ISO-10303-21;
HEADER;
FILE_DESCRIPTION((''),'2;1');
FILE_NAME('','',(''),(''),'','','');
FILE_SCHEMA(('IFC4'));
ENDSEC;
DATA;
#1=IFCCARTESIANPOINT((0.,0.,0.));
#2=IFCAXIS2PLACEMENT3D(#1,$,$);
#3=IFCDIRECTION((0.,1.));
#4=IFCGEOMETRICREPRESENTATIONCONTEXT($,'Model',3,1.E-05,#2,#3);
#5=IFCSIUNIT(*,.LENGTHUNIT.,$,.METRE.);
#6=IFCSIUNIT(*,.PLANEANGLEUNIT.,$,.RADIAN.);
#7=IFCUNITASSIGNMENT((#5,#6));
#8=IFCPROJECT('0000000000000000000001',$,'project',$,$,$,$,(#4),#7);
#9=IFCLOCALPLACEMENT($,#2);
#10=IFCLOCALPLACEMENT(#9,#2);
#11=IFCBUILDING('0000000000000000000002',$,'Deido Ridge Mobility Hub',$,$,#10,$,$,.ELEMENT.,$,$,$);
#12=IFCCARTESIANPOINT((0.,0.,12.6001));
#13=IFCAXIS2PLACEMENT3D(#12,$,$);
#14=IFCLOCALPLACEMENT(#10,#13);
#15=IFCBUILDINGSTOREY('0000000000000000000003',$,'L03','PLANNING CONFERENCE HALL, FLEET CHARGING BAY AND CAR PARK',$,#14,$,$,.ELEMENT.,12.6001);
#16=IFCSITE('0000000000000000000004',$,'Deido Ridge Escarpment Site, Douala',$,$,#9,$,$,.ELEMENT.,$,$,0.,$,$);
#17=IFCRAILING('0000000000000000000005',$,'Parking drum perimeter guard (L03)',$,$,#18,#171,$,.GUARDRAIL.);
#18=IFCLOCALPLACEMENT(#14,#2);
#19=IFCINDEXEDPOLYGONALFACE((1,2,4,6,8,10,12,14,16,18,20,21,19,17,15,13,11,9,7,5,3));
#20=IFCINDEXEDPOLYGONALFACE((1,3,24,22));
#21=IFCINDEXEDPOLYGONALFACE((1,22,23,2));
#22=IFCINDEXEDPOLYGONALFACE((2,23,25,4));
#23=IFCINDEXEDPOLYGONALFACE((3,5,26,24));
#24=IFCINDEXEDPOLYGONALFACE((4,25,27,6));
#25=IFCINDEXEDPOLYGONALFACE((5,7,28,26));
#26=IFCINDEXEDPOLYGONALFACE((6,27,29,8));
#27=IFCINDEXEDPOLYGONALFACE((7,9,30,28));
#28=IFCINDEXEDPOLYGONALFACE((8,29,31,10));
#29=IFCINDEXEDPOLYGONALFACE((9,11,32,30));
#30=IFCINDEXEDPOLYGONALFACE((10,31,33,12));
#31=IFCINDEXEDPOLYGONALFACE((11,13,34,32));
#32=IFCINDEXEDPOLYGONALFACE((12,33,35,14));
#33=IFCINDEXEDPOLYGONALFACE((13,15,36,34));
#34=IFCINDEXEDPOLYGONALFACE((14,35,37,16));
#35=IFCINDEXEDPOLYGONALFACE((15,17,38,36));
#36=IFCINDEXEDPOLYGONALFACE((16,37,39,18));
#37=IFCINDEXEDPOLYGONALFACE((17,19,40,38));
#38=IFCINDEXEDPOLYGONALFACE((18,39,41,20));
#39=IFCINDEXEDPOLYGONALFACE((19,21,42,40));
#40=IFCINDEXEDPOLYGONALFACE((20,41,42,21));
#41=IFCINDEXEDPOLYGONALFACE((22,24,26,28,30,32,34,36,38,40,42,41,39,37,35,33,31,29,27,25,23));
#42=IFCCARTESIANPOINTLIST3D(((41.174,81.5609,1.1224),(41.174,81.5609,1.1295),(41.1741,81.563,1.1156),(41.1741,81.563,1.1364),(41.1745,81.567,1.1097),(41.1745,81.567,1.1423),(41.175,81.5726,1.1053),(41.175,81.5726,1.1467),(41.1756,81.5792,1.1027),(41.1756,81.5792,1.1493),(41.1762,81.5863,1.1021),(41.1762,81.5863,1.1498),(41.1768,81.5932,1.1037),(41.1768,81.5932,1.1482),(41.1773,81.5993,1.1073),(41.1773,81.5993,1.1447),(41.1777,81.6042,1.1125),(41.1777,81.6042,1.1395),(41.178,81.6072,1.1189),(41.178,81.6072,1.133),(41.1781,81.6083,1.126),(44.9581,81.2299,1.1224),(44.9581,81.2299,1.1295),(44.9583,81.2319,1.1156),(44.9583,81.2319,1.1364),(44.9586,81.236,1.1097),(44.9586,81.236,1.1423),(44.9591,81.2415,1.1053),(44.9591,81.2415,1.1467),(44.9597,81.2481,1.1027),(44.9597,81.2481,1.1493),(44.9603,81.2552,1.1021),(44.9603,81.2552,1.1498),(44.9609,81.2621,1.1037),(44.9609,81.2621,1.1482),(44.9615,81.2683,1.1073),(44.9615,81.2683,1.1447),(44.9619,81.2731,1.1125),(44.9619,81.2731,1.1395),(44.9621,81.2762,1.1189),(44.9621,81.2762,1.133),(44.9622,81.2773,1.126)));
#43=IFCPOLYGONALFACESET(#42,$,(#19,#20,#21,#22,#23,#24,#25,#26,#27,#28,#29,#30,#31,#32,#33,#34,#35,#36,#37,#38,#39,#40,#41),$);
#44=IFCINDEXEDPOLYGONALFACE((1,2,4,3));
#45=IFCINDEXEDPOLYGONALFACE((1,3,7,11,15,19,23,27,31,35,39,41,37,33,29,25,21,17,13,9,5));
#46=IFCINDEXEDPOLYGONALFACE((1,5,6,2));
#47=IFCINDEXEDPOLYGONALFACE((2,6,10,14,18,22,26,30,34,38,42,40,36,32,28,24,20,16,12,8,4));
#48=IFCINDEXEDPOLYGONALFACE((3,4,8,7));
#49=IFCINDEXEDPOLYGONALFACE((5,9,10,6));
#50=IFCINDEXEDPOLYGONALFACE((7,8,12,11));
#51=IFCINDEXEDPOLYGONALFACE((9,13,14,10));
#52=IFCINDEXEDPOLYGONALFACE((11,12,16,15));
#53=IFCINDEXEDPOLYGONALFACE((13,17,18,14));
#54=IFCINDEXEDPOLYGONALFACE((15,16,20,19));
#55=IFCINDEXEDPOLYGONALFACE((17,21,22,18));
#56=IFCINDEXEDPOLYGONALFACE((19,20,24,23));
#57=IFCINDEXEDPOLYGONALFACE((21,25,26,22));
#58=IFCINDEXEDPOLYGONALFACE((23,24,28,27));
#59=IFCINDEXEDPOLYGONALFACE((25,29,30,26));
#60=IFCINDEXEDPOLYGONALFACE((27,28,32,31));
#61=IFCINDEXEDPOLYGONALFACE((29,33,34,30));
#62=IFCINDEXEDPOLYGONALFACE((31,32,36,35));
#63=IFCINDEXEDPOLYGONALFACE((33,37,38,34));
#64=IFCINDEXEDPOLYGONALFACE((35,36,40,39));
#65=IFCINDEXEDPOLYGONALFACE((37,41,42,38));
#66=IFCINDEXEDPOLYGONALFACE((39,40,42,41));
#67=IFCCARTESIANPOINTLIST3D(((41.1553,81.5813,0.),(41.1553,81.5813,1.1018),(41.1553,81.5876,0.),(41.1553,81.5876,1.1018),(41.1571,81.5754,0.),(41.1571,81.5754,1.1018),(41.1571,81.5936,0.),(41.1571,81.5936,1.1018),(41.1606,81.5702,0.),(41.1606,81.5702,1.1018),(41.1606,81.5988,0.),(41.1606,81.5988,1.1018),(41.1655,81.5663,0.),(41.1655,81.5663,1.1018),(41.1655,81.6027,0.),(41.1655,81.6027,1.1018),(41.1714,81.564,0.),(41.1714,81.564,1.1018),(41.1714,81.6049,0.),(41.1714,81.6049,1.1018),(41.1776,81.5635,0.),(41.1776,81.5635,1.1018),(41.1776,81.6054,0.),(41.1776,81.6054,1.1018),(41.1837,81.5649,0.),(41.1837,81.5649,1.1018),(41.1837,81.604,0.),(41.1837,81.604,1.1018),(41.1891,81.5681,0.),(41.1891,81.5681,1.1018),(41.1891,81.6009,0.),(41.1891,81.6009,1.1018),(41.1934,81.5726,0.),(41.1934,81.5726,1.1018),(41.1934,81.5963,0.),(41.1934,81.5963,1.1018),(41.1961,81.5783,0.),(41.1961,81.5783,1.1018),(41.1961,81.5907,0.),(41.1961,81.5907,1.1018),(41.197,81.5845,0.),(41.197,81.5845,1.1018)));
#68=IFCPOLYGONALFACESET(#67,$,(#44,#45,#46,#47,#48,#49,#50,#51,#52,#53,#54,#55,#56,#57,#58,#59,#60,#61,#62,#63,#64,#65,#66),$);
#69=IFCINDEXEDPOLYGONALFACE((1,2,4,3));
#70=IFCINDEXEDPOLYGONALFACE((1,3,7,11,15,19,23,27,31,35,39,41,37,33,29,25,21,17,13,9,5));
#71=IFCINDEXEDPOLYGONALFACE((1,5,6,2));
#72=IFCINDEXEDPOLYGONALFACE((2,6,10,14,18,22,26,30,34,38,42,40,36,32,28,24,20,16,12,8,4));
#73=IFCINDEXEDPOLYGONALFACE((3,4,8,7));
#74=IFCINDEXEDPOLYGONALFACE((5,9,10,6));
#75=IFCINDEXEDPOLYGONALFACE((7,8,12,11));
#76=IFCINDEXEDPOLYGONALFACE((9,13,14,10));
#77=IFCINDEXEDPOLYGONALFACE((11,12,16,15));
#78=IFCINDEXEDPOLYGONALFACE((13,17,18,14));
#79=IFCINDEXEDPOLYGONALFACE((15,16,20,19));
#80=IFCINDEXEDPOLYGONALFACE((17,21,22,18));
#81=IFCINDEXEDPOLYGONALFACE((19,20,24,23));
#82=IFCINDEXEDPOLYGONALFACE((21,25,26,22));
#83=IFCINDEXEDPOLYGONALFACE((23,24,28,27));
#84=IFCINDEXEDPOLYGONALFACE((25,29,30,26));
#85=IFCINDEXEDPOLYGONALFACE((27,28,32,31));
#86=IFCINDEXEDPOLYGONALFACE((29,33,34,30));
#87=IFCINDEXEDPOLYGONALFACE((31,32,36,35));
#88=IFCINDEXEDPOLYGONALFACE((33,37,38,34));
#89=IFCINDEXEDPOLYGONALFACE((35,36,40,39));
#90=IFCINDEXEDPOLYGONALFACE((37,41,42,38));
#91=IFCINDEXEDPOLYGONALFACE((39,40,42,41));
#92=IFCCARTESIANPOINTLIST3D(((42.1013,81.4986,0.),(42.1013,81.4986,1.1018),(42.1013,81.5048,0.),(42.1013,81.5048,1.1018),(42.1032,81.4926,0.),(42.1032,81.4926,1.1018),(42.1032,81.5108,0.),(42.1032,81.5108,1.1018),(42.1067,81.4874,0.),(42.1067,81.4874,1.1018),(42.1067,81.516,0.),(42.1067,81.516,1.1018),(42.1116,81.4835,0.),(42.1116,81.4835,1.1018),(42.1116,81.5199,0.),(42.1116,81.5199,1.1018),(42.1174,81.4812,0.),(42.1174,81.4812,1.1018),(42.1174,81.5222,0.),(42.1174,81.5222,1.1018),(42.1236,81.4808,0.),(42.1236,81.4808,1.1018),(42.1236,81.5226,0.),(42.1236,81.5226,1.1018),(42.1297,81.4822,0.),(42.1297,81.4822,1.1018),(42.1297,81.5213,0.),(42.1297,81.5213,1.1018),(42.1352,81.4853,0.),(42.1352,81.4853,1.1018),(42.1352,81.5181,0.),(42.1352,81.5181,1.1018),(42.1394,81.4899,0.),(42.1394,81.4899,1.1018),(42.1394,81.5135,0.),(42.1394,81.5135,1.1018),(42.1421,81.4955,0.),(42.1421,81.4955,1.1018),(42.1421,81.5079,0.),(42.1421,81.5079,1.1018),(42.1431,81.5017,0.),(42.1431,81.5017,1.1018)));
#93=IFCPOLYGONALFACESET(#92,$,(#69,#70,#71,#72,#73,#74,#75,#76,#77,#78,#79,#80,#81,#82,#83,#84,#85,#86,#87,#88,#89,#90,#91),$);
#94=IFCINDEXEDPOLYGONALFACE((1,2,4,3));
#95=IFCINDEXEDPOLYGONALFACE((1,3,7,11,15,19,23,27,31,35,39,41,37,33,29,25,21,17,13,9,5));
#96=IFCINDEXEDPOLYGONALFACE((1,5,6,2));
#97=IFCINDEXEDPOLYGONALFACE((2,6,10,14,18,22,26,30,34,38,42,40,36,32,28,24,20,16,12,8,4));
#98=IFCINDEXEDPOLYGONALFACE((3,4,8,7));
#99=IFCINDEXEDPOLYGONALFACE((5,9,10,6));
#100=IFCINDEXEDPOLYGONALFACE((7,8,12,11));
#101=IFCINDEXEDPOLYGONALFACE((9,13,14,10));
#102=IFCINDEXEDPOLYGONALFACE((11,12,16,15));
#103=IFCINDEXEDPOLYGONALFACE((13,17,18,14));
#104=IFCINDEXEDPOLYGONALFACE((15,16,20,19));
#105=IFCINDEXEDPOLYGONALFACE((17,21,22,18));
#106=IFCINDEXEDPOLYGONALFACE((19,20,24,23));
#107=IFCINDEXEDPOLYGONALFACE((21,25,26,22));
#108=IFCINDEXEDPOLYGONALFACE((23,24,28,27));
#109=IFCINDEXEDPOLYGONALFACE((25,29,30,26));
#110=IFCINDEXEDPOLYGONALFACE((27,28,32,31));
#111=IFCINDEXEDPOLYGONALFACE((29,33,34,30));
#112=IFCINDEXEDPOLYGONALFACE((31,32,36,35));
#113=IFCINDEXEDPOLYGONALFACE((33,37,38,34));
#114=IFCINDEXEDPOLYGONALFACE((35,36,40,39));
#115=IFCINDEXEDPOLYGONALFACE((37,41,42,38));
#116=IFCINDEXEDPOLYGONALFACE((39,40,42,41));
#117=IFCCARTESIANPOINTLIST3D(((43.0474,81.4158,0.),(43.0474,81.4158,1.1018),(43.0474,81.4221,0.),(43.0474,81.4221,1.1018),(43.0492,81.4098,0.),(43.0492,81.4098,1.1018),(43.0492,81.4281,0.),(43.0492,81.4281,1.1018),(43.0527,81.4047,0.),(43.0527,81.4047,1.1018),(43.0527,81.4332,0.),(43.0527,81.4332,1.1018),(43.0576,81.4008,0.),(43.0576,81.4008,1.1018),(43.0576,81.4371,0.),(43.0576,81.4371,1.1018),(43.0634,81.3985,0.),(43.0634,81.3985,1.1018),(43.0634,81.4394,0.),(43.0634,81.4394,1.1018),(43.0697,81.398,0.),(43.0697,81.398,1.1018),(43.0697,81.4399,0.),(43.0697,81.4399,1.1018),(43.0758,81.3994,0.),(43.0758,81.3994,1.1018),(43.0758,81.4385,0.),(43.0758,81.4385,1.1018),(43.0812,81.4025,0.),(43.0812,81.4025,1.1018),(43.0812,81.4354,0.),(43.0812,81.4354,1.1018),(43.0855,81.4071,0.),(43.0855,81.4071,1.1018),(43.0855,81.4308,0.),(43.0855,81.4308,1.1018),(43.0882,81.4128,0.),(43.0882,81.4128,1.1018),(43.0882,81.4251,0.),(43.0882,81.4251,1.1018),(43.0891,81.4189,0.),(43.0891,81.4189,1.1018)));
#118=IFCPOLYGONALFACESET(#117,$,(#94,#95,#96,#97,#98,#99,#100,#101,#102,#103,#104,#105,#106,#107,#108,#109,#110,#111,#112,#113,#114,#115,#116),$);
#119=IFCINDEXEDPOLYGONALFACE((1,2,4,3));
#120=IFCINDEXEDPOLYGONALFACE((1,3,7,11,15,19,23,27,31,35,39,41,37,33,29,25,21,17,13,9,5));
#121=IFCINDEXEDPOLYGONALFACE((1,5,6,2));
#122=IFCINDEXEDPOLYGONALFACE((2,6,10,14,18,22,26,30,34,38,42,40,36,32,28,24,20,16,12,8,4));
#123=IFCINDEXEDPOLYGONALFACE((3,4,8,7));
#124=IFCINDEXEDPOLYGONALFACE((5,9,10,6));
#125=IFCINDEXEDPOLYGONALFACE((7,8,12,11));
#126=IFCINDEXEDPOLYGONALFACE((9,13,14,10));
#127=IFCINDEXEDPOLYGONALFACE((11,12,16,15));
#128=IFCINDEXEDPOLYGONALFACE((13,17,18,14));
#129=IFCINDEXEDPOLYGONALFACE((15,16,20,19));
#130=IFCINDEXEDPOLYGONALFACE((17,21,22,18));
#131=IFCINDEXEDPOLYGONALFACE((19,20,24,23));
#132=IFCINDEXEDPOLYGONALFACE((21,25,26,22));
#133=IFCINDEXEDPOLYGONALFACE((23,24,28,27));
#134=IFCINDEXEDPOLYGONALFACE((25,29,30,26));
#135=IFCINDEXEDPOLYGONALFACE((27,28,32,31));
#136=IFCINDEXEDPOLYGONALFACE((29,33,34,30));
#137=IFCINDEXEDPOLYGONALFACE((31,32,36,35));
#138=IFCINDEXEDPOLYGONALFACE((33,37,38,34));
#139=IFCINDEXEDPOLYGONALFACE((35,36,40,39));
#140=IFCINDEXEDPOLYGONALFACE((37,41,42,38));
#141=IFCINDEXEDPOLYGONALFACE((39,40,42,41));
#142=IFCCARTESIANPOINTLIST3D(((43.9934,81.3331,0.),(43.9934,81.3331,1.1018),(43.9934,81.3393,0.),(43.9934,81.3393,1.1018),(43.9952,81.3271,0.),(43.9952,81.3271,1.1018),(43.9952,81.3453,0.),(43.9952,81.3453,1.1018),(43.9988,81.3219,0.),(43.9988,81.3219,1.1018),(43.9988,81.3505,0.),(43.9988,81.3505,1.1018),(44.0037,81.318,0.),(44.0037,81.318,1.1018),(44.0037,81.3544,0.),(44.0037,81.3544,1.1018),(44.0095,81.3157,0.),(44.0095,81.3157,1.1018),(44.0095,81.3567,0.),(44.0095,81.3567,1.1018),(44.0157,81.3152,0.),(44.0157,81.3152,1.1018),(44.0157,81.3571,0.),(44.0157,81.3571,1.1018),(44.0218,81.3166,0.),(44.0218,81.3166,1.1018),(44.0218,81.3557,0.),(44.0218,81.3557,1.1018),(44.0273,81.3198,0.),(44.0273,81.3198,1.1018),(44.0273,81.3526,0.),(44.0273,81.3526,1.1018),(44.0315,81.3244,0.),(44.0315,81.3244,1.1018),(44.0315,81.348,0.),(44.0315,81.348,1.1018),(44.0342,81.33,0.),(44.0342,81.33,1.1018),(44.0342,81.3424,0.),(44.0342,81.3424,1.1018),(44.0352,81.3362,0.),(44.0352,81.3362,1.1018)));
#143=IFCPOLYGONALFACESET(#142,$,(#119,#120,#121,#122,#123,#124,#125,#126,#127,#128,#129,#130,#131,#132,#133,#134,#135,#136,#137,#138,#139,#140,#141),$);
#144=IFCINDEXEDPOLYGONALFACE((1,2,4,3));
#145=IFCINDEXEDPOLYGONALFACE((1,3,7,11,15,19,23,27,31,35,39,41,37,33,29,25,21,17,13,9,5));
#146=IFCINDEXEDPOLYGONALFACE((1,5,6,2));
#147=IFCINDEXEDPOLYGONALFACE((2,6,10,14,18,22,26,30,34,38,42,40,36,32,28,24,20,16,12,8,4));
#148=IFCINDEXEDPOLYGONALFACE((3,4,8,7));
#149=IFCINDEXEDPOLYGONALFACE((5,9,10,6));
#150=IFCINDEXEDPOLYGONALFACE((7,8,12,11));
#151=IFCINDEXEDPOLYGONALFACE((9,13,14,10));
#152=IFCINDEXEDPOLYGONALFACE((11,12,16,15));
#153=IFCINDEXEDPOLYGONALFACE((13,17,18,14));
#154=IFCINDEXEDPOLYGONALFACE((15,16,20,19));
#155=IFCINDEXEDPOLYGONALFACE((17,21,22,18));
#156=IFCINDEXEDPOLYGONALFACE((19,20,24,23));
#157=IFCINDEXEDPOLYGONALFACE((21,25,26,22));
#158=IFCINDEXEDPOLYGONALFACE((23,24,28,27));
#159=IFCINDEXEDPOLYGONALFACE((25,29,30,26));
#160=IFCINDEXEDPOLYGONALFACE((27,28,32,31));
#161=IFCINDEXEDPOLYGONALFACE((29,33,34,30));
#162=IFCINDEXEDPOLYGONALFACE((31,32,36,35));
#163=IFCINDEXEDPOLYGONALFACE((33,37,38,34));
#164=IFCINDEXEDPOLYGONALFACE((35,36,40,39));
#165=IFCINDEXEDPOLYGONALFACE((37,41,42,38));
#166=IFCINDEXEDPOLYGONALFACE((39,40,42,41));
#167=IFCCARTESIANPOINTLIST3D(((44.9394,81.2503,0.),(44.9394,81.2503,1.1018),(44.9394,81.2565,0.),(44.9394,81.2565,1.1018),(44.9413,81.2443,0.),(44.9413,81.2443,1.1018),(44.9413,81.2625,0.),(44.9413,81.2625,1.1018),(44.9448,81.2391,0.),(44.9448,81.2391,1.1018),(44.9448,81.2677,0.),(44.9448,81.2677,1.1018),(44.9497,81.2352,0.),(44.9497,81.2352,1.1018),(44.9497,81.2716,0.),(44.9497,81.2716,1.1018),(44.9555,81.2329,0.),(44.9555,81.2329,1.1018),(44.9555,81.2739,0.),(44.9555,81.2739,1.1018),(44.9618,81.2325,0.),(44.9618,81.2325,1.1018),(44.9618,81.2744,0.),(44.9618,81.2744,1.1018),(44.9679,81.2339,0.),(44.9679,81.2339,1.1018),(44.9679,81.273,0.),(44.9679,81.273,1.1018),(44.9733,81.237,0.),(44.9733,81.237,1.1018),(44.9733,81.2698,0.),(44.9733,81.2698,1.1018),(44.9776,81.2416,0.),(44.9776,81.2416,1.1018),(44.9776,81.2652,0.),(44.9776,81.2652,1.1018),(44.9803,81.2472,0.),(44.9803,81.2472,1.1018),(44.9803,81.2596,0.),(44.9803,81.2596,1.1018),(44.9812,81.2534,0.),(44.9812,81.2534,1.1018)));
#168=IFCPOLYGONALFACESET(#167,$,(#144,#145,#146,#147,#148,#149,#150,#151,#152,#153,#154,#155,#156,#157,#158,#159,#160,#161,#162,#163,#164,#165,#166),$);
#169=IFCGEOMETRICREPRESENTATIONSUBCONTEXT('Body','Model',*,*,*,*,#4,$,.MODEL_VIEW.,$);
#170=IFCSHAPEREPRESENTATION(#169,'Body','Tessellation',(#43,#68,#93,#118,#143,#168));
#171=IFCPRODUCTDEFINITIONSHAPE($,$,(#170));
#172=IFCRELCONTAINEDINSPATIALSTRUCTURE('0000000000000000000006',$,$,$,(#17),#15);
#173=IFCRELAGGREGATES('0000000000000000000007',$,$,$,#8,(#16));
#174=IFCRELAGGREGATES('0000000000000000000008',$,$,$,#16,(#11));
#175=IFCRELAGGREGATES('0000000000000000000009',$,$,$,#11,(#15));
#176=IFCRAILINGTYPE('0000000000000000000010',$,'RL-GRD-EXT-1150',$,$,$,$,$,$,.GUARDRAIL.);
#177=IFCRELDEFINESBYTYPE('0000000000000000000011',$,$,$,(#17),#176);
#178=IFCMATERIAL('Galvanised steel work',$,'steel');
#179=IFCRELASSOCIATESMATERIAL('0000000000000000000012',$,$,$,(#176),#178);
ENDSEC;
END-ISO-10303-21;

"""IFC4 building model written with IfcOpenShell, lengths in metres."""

from ifc_helpers import new_model, si_unit, direction, frame, origin, origin_2d, place, context, subcontext, project, spatial, circle, extrude, material, type_object, element, save


model = new_model("IFC4")

# Units and contexts
model_context = context("Model", 3, precision=1e-05, world=origin(), true_north=direction((0.0, 1.0)))
body_context = subcontext(model_context, "Body", "Model", "MODEL_VIEW")
ifc_project = project(units=[si_unit("LENGTHUNIT", "METRE"), si_unit("PLANEANGLEUNIT", "RADIAN")], contexts=[model_context])

# Site, building, storey
site_placement = place(None, origin())
site = spatial("IfcSite", under=ifc_project, at=site_placement, Name="Deido Ridge Escarpment Site, Douala", CompositionType="ELEMENT", RefElevation=0.0)
building_placement = place(site_placement, origin())
building = spatial("IfcBuilding", under=site, at=building_placement, Name="Deido Ridge Mobility Hub", CompositionType="ELEMENT")
storey_placement = place(building_placement, frame((0.0, 0.0, 12.6001)))
storey = spatial("IfcBuildingStorey", under=building, at=storey_placement, Name="L03", Description="PLANNING CONFERENCE HALL, FLEET CHARGING BAY AND CAR PARK", CompositionType="ELEMENT", Elevation=12.6001)

# Railing
ifc_material_1 = material(Name="Galvanised steel work", Category="steel")
railing_type = type_object("IfcRailingType", Name="RL-GRD-EXT-1150", PredefinedType="GUARDRAIL", material=ifc_material_1)
railing_1_placement = place(storey_placement, frame((41.176, 81.5845, 0.0)))
element("IfcRailing", 1, at=railing_1_placement, inside=storey, type_object=railing_type, Name="Parking drum perimeter guard (L03)", PredefinedType="GUARDRAIL", context=body_context, shape_type="SweptSolid", body=[
    extrude(circle(Radius=0.0239, at=origin_2d()), frame((0.0, 0.0, 1.126), z_axis=(0.996195, -0.087151, 0.0), x_axis=(0.087151, 0.996195, 0.0)), (0.0, 0.0, 1.0), 3.7986),
    extrude(circle(Radius=0.021, at=origin_2d()), origin(), (0.0, 0.0, 1.0), 1.1018),
    extrude(circle(Radius=0.021, at=origin_2d()), frame((0.946, -0.0828, 0.0)), (0.0, 0.0, 1.0), 1.1018),
    extrude(circle(Radius=0.021, at=origin_2d()), frame((1.8921, -0.1655, 0.0)), (0.0, 0.0, 1.0), 1.1018),
    extrude(circle(Radius=0.021, at=origin_2d()), frame((2.8381, -0.2483, 0.0)), (0.0, 0.0, 1.0), 1.1018),
    extrude(circle(Radius=0.021, at=origin_2d()), frame((3.7842, -0.3311, 0.0)), (0.0, 0.0, 1.0), 1.1018),
])

save(model, "model.ifc")
